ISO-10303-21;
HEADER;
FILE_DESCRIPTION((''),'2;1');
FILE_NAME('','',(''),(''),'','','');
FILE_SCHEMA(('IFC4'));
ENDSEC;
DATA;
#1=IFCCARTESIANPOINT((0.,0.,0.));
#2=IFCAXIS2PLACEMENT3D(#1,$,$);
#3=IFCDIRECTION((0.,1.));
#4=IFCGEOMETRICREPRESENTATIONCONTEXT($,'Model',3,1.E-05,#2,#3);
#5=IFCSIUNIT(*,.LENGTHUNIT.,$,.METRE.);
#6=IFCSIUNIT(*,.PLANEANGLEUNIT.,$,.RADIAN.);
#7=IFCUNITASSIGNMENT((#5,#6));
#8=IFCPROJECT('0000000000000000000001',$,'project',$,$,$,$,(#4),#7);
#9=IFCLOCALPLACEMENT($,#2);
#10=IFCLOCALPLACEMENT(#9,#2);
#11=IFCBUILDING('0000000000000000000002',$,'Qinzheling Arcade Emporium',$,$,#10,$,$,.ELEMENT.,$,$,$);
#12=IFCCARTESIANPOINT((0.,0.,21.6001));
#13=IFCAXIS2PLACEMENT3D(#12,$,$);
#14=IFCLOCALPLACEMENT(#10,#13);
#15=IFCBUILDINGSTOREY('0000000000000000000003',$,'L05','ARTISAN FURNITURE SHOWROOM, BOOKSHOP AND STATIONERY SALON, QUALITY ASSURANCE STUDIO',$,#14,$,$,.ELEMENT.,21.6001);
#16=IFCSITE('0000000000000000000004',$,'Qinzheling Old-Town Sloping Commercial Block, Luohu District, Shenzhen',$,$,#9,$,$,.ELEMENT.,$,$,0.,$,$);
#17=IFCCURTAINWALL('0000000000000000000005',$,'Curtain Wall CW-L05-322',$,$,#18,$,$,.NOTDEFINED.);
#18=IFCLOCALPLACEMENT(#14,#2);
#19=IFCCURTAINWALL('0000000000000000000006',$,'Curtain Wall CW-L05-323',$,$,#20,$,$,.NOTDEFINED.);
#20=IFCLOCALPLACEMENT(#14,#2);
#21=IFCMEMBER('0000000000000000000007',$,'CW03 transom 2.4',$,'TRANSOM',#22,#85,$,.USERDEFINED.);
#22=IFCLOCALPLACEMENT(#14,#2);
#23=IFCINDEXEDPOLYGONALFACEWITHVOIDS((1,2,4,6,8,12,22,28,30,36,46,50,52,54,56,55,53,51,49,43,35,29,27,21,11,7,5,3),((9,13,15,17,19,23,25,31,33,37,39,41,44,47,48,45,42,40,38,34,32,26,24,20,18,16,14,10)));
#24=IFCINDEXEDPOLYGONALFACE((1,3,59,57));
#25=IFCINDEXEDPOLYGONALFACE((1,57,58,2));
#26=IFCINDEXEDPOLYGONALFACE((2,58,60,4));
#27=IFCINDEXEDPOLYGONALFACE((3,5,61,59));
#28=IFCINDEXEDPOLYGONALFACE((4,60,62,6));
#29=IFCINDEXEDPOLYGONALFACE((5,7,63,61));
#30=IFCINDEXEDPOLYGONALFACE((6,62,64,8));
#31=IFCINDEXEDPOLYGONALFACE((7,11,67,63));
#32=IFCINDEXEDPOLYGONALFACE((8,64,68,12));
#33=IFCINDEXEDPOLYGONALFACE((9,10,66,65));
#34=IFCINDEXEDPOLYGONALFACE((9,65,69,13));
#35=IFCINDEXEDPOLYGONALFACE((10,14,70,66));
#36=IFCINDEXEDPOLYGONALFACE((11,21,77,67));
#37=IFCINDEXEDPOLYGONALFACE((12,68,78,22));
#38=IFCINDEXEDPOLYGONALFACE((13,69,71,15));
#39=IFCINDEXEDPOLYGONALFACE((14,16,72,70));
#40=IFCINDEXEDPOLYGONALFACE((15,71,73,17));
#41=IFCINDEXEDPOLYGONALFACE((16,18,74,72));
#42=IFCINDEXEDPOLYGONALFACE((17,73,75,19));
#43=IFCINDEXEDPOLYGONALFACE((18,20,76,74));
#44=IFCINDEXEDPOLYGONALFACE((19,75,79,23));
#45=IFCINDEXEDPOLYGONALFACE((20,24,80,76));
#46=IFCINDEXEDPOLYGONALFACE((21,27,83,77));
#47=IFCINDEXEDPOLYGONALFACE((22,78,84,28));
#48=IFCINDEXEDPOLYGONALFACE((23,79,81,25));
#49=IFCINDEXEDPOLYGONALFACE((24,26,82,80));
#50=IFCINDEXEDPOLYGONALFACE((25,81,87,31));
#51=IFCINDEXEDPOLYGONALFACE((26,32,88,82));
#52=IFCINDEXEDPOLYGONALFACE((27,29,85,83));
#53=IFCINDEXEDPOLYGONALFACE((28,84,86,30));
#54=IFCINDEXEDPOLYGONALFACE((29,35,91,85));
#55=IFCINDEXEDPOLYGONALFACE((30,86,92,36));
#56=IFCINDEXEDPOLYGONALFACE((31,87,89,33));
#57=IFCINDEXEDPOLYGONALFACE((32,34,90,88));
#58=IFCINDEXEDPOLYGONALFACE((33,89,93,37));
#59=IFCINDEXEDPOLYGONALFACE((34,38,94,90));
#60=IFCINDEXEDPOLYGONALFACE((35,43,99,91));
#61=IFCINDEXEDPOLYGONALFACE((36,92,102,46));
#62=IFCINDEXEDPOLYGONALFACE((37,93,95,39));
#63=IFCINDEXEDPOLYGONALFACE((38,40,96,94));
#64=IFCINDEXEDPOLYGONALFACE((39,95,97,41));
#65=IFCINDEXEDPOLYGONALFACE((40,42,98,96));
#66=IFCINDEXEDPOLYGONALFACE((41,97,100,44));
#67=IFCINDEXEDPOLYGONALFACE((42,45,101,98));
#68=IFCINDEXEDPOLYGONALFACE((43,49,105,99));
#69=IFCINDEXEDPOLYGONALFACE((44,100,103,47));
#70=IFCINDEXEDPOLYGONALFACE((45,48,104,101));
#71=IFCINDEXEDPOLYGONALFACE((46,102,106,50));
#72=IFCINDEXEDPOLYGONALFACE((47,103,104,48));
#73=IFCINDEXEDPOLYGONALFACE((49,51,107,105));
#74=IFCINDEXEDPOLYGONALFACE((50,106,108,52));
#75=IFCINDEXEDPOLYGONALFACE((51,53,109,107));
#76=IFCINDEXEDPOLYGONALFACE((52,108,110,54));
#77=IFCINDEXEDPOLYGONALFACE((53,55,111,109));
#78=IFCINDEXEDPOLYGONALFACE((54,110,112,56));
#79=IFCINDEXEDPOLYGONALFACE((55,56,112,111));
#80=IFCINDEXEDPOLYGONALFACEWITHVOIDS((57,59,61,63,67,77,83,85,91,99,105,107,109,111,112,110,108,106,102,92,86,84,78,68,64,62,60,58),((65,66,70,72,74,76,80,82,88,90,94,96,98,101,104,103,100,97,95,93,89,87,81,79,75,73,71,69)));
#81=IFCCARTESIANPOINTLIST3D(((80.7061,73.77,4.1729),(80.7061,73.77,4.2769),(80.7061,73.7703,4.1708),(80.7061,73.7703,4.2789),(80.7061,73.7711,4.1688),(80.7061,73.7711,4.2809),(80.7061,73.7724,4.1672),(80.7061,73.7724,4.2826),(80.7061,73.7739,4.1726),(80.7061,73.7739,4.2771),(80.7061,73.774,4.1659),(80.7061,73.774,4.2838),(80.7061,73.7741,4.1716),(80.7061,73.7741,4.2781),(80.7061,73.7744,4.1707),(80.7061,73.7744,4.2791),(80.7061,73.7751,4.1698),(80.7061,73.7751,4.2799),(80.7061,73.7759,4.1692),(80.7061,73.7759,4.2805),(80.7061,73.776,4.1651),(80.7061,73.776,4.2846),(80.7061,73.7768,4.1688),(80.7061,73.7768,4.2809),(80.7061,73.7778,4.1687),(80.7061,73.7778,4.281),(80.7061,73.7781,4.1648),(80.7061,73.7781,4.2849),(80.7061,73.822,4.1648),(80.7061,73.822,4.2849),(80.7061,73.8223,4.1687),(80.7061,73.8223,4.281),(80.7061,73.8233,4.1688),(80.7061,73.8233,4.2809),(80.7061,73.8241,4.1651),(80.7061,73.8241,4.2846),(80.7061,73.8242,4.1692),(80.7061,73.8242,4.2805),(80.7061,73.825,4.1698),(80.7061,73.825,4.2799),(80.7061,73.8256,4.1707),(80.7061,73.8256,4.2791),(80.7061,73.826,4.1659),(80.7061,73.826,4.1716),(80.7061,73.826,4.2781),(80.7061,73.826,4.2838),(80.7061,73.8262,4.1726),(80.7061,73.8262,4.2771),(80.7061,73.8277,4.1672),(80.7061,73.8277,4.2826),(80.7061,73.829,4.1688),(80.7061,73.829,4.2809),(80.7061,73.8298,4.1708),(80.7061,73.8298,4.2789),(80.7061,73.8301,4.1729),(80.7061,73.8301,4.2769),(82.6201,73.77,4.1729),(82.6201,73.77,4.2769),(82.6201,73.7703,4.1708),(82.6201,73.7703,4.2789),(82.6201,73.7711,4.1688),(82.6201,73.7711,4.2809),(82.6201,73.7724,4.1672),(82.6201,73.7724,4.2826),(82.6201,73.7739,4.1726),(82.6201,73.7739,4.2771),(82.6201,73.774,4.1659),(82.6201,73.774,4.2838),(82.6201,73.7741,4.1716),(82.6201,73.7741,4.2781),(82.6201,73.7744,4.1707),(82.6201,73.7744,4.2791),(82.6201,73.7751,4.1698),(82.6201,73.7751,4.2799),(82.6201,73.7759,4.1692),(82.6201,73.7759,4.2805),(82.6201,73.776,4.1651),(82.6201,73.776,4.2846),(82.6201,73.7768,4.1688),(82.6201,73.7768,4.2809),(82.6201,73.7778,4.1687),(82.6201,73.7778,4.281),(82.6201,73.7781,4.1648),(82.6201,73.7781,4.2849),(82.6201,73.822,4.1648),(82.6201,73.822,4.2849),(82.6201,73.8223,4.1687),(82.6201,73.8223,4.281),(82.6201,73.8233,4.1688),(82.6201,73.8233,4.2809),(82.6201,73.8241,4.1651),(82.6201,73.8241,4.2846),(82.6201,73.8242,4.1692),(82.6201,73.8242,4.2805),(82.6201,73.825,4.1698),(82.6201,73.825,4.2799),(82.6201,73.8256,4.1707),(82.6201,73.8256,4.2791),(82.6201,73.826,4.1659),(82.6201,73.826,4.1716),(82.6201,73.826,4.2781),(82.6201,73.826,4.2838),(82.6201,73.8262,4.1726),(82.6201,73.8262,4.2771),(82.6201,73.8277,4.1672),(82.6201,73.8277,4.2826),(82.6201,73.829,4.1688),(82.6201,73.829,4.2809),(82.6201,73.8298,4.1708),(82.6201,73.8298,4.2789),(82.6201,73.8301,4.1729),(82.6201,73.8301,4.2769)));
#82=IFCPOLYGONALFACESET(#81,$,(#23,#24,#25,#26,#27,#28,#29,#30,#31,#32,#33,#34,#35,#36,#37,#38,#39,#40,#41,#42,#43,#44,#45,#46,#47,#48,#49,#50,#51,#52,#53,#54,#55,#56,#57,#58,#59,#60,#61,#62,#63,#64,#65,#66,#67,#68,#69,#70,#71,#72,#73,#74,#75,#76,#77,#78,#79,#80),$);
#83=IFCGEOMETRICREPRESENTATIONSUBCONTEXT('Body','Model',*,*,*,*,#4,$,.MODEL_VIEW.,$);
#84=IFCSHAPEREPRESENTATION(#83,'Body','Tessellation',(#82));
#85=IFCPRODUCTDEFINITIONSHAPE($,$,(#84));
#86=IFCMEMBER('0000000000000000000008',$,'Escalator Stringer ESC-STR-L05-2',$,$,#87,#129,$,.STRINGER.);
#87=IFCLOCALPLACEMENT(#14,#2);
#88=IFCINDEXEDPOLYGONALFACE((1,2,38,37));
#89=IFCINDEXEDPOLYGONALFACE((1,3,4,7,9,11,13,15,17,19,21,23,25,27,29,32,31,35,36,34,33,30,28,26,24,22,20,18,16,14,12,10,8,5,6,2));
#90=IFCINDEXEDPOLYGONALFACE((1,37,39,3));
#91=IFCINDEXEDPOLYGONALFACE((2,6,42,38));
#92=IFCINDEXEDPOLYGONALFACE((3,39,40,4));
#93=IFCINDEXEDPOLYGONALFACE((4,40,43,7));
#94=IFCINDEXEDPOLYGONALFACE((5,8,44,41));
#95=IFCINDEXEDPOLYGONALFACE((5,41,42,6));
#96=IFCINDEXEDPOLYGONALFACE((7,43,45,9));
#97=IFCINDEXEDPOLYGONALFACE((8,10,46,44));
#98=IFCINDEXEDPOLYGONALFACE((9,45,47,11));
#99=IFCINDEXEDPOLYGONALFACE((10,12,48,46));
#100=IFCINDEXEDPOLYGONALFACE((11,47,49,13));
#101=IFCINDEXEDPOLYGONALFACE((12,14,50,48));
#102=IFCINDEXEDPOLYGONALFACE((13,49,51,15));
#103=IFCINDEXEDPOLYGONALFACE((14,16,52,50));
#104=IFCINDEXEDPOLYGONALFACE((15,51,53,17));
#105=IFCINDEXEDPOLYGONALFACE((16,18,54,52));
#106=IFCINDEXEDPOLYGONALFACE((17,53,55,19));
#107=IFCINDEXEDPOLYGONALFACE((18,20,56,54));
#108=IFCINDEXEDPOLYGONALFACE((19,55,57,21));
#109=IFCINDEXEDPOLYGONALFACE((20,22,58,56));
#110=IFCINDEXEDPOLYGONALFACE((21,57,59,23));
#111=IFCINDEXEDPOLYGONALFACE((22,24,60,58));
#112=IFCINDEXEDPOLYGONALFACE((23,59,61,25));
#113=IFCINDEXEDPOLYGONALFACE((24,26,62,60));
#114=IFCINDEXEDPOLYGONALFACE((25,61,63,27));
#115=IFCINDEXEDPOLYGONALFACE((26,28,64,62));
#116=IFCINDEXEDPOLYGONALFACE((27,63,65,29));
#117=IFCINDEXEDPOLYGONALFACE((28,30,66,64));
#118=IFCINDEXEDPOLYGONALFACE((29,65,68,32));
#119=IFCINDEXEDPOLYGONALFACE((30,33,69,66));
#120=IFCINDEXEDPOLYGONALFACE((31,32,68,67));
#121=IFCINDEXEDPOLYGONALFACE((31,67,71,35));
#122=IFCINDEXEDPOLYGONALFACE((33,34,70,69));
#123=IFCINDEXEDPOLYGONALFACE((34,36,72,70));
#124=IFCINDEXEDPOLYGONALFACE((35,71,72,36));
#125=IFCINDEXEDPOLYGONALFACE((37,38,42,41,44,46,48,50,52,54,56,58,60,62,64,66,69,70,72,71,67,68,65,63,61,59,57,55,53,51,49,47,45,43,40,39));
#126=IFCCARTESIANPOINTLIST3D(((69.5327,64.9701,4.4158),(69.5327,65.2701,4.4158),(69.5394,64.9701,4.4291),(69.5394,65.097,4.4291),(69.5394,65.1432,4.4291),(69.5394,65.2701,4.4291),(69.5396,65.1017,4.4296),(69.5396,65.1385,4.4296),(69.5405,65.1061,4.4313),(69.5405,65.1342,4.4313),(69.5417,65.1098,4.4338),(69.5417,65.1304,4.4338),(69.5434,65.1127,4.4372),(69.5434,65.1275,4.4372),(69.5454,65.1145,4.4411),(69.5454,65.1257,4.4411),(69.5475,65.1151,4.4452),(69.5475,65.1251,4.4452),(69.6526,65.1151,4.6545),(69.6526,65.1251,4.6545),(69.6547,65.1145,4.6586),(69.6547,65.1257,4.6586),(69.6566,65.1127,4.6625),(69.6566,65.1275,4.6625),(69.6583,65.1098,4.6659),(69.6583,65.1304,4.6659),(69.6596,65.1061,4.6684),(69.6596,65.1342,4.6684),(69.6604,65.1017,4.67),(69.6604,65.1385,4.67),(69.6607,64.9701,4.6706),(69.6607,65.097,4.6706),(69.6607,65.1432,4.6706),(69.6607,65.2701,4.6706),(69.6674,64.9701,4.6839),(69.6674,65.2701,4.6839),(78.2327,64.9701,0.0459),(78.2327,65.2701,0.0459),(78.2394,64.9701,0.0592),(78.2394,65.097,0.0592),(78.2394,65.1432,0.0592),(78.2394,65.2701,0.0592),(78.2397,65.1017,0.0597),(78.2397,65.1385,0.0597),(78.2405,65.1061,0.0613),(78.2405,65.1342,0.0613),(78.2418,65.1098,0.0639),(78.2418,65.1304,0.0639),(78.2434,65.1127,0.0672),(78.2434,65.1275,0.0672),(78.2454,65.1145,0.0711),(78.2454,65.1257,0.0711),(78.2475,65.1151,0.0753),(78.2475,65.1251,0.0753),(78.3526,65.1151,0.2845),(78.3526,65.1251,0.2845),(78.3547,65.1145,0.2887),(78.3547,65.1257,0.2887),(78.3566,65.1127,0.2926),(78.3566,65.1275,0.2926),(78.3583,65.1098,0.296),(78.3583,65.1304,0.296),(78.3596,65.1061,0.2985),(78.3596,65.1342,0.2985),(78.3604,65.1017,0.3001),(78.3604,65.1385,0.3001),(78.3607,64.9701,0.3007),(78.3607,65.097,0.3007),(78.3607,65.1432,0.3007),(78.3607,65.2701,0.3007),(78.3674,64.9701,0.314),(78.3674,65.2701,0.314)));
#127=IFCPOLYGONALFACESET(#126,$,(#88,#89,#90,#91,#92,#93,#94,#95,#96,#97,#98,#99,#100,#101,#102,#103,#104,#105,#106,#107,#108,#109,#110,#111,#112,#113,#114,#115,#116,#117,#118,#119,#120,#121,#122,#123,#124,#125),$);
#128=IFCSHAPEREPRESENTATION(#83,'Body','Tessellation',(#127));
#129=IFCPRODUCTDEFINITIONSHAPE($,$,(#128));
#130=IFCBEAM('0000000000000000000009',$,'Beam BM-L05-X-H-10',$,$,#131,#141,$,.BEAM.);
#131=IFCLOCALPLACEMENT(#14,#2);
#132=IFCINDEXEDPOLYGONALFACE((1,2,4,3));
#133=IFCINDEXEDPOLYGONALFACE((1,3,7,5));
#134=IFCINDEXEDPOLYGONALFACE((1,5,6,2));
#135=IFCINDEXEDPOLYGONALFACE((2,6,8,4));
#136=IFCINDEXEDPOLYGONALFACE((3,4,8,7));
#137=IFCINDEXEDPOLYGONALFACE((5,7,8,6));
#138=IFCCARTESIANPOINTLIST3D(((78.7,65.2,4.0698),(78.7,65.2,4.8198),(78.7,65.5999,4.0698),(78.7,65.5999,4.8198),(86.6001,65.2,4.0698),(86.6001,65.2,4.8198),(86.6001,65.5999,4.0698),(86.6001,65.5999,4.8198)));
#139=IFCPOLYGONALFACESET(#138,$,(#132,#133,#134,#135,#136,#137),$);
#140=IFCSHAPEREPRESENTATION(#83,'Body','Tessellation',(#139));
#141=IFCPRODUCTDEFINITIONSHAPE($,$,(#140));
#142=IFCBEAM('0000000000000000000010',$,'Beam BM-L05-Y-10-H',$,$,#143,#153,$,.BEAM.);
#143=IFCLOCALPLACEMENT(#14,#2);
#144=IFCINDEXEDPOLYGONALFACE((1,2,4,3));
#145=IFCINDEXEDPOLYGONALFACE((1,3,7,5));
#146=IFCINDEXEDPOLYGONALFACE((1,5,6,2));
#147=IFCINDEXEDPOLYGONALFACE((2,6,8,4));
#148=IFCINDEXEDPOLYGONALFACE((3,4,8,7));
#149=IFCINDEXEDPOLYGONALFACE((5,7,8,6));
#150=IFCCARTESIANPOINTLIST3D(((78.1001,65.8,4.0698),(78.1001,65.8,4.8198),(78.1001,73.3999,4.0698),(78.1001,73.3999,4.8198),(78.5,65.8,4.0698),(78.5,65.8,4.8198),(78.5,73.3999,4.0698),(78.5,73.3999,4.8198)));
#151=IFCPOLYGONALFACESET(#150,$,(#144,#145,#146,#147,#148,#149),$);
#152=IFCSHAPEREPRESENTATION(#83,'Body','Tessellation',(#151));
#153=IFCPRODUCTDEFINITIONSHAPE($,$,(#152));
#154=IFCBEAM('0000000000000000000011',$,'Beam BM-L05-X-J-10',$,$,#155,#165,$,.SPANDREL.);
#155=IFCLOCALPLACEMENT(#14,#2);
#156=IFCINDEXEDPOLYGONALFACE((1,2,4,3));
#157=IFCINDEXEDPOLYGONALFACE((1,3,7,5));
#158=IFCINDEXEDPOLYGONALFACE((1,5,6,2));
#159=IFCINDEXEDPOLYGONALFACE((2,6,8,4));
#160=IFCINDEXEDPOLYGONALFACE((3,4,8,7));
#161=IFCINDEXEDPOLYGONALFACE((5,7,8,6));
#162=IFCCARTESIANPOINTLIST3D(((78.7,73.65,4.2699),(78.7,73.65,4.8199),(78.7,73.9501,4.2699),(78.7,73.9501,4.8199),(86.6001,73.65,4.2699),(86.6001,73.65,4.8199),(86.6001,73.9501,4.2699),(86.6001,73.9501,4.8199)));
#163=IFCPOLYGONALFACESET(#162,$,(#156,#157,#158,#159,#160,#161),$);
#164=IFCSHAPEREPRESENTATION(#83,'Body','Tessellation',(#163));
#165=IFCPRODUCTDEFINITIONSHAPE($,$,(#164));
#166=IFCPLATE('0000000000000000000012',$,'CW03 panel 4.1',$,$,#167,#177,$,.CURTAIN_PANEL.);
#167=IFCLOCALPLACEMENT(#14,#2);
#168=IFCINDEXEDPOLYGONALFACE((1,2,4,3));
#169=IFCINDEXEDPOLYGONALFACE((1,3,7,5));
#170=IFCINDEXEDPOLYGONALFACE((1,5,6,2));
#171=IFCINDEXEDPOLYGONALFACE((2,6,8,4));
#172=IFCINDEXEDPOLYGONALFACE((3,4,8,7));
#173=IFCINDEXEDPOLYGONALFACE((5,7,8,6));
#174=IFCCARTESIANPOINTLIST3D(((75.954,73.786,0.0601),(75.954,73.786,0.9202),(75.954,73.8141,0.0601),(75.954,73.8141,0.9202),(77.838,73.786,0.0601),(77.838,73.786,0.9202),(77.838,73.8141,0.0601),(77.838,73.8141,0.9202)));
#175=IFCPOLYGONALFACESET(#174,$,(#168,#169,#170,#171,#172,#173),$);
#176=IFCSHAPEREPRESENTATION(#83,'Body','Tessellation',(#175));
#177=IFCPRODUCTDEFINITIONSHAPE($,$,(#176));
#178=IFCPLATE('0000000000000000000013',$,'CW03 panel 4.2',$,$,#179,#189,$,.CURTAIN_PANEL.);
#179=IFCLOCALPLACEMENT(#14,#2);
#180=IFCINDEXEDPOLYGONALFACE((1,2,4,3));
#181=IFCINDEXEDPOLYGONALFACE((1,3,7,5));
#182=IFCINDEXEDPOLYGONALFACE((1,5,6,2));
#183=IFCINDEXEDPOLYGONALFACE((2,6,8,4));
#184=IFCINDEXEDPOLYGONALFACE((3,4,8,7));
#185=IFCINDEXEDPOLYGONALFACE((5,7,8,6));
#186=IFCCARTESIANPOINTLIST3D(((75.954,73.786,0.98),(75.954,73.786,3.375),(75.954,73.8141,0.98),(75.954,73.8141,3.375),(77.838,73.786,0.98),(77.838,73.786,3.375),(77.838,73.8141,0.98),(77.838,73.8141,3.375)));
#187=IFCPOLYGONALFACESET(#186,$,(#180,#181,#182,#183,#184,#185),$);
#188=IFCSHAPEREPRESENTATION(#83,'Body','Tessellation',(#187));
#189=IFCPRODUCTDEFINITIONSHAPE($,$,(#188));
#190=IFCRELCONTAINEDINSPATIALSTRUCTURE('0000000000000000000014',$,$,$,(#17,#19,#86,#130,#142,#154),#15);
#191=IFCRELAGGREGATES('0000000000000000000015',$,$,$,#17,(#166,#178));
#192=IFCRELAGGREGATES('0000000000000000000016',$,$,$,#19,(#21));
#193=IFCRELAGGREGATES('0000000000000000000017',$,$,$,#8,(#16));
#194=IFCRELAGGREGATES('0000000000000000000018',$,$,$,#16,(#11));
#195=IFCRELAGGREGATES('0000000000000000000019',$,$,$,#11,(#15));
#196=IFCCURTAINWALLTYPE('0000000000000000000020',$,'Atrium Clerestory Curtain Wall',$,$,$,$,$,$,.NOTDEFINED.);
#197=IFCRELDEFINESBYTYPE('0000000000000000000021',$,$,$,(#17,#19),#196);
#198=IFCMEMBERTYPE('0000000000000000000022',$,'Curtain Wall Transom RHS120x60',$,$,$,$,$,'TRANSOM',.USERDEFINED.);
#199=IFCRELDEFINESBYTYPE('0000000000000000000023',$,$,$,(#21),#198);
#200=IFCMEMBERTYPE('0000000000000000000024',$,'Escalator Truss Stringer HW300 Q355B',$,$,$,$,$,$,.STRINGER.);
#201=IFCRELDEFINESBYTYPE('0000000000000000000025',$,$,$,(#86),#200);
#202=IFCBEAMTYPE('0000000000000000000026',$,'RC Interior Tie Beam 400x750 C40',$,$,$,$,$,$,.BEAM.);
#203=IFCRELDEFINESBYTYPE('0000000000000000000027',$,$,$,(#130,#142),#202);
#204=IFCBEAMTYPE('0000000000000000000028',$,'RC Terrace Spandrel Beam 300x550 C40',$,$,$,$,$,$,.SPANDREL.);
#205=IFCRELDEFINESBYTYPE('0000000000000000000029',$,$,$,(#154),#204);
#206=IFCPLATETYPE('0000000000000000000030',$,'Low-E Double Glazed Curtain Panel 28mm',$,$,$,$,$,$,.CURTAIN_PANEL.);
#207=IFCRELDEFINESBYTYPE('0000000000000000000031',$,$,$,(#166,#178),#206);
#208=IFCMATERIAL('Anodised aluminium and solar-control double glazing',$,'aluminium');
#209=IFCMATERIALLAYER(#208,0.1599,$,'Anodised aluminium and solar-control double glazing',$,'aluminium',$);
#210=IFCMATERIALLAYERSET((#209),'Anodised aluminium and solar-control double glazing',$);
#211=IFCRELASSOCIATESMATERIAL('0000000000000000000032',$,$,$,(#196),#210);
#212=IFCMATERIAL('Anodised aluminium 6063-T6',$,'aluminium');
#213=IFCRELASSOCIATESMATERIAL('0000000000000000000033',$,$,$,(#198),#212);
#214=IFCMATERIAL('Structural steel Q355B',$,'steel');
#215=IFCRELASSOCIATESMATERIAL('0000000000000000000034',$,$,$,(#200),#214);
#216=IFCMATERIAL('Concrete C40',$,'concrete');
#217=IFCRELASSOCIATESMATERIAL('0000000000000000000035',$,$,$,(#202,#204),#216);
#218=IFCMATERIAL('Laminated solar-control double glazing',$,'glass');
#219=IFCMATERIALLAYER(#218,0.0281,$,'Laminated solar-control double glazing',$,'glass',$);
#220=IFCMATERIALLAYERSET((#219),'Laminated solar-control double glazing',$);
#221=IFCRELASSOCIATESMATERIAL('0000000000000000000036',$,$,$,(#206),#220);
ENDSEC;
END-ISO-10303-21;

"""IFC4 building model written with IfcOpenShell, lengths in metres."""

from ifc_helpers import new_model, si_unit, direction, frame, origin, origin_2d, place, context, subcontext, project, spatial, rectangle, hollow_rectangle, i_section, extrude, material, layer, layer_set, material_profile, profile_set, type_object, element, aggregate, save


model = new_model("IFC4")

# Units and contexts
model_context = context("Model", 3, precision=1e-05, world=origin(), true_north=direction((0.0, 1.0)))
body_context = subcontext(model_context, "Body", "Model", "MODEL_VIEW")
ifc_project = project(units=[si_unit("LENGTHUNIT", "METRE"), si_unit("PLANEANGLEUNIT", "RADIAN")], contexts=[model_context])

# Site, building, storey
site_placement = place(None, origin())
site = spatial("IfcSite", under=ifc_project, at=site_placement, Name="Qinzheling Old-Town Sloping Commercial Block, Luohu District, Shenzhen", CompositionType="ELEMENT", RefElevation=0.0)
building_placement = place(site_placement, origin())
building = spatial("IfcBuilding", under=site, at=building_placement, Name="Qinzheling Arcade Emporium", CompositionType="ELEMENT")
storey_placement = place(building_placement, frame((0.0, 0.0, 21.6001)))
storey = spatial("IfcBuildingStorey", under=building, at=storey_placement, Name="L05", Description="ARTISAN FURNITURE SHOWROOM, BOOKSHOP AND STATIONERY SALON, QUALITY ASSURANCE STUDIO", CompositionType="ELEMENT", Elevation=21.6001)

# Shared definitions
ifc_material_1 = material(Name="Concrete C40", Category="concrete")

# Curtain walls
ifc_material_2 = material(Name="Anodised aluminium and solar-control double glazing", Category="aluminium")
ifc_layer_1 = layer(ifc_material_2, 0.1599, Name="Anodised aluminium and solar-control double glazing", Category="aluminium")
ifc_layer_set_1 = layer_set([ifc_layer_1], Name="Anodised aluminium and solar-control double glazing")
curtain_wall_type = type_object("IfcCurtainWallType", Name="Atrium Clerestory Curtain Wall", PredefinedType="NOTDEFINED", material=ifc_layer_set_1)
curtain_wall_1_placement = place(storey_placement, origin())
curtain_wall_1 = element("IfcCurtainWall", 1, at=curtain_wall_1_placement, inside=storey, type_object=curtain_wall_type, Name="Curtain Wall CW-L05-322", PredefinedType="NOTDEFINED")
ifc_material_3 = material(Name="Anodised aluminium 6063-T6", Category="aluminium")
curtain_wall_2_placement = place(storey_placement, origin())
curtain_wall_2 = element("IfcCurtainWall", 2, at=curtain_wall_2_placement, inside=storey, type_object=curtain_wall_type, Name="Curtain Wall CW-L05-323", PredefinedType="NOTDEFINED")

# Members
ifc_material_profile_1 = material_profile(ifc_material_3, hollow_rectangle(XDim=0.0601, YDim=0.1201, WallThickness=0.0039, InnerFilletRadius=0.0039, OuterFilletRadius=0.0081, at=origin_2d()), Name="RHS 120x60x4", Category="aluminium")
ifc_profile_set_1 = profile_set([ifc_material_profile_1], Name="Anodised aluminium 6063-T6")
member_type_1 = type_object("IfcMemberType", Name="Curtain Wall Transom RHS120x60", ElementType="TRANSOM", PredefinedType="USERDEFINED", material=ifc_profile_set_1)
member_1_placement = place(storey_placement, frame((80.7061, 73.8, 4.2249), z_axis=(1.0, 0.0, 0.0), x_axis=(0.0, 1.0, 0.0)))
member_1 = element("IfcMember", 3, at=member_1_placement, type_object=member_type_1, Name="CW03 transom 2.4", ObjectType="TRANSOM", PredefinedType="USERDEFINED", context=body_context, shape_type="SweptSolid", body=[
    extrude(hollow_rectangle(XDim=0.0601, YDim=0.1201, WallThickness=0.0039, InnerFilletRadius=0.0039, OuterFilletRadius=0.0081, at=origin_2d()), origin(), (0.0, 0.0, 1.0), 1.9141),
])
ifc_material_4 = material(Name="Structural steel Q355B", Category="steel")
ifc_material_profile_2 = material_profile(ifc_material_4, i_section(OverallWidth=0.3, OverallDepth=0.3, WebThickness=0.01, FlangeThickness=0.0149, FilletRadius=0.0181, at=origin_2d()), Name="HW 300x300x10x15", Category="steel")
ifc_profile_set_2 = profile_set([ifc_material_profile_2], Name="Structural steel Q355B")
member_type_2 = type_object("IfcMemberType", Name="Escalator Truss Stringer HW300 Q355B", PredefinedType="STRINGER", material=ifc_profile_set_2)
member_2_placement = place(storey_placement, frame((78.3, 65.1201, 0.1799), z_axis=(-0.893608, 0.0, 0.448848), x_axis=(0.0, -1.0, 0.0)))
element("IfcMember", 4, at=member_2_placement, inside=storey, type_object=member_type_2, Name="Escalator Stringer ESC-STR-L05-2", PredefinedType="STRINGER", context=body_context, shape_type="SweptSolid", body=[
    extrude(i_section(OverallWidth=0.3, OverallDepth=0.3, WebThickness=0.01, FlangeThickness=0.0149, FilletRadius=0.0181, at=origin_2d()), origin(), (0.0, 0.0, 1.0), 9.7358),
])

# Beams
ifc_material_profile_3 = material_profile(ifc_material_1, rectangle(XDim=0.3999, YDim=0.75, at=origin_2d()), Name="RC 400x750", Category="concrete")
ifc_profile_set_3 = profile_set([ifc_material_profile_3], Name="Concrete C40")
beam_type_1 = type_object("IfcBeamType", Name="RC Interior Tie Beam 400x750 C40", PredefinedType="BEAM", material=ifc_profile_set_3)
beam_1_placement = place(storey_placement, frame((78.7, 65.3999, 4.4448), z_axis=(1.0, 0.0, 0.0), x_axis=(0.0, 1.0, 0.0)))
element("IfcBeam", 5, at=beam_1_placement, inside=storey, type_object=beam_type_1, Name="Beam BM-L05-X-H-10", PredefinedType="BEAM", context=body_context, shape_type="SweptSolid", body=[
    extrude(rectangle(XDim=0.3999, YDim=0.75, at=origin_2d()), origin(), (0.0, 0.0, 1.0), 7.9001),
])
beam_2_placement = place(storey_placement, frame((78.3, 65.8, 4.4448), z_axis=(0.0, 1.0, 0.0), x_axis=(-1.0, 0.0, 0.0)))
element("IfcBeam", 6, at=beam_2_placement, inside=storey, type_object=beam_type_1, Name="Beam BM-L05-Y-10-H", PredefinedType="BEAM", context=body_context, shape_type="SweptSolid", body=[
    extrude(rectangle(XDim=0.3999, YDim=0.75, at=origin_2d()), origin(), (0.0, 0.0, 1.0), 7.5999),
])
ifc_material_profile_4 = material_profile(ifc_material_1, rectangle(XDim=0.3, YDim=0.55, at=origin_2d()), Name="RC 300x550", Category="concrete")
ifc_profile_set_4 = profile_set([ifc_material_profile_4], Name="Concrete C40")
beam_type_2 = type_object("IfcBeamType", Name="RC Terrace Spandrel Beam 300x550 C40", PredefinedType="SPANDREL", material=ifc_profile_set_4)
beam_3_placement = place(storey_placement, frame((78.7, 73.8, 4.5449), z_axis=(1.0, 0.0, 0.0), x_axis=(0.0, 1.0, 0.0)))
element("IfcBeam", 7, at=beam_3_placement, inside=storey, type_object=beam_type_2, Name="Beam BM-L05-X-J-10", PredefinedType="SPANDREL", context=body_context, shape_type="SweptSolid", body=[
    extrude(rectangle(XDim=0.3, YDim=0.55, at=origin_2d()), origin(), (0.0, 0.0, 1.0), 7.9001),
])

# Plates
ifc_material_5 = material(Name="Laminated solar-control double glazing", Category="glass")
ifc_layer_2 = layer(ifc_material_5, 0.0281, Name="Laminated solar-control double glazing", Category="glass")
ifc_layer_set_2 = layer_set([ifc_layer_2], Name="Laminated solar-control double glazing")
plate_type_1 = type_object("IfcPlateType", Name="Low-E Double Glazed Curtain Panel 28mm", PredefinedType="CURTAIN_PANEL", material=ifc_layer_set_2)
plate_1_placement = place(storey_placement, frame((76.896, 73.8, 0.0601), z_axis=(0.0, 0.0, 1.0), x_axis=(1.0, 0.0, 0.0)))
plate_1 = element("IfcPlate", 8, at=plate_1_placement, type_object=plate_type_1, Name="CW03 panel 4.1", PredefinedType="CURTAIN_PANEL", context=body_context, shape_type="SweptSolid", body=[
    extrude(rectangle(XDim=1.884, YDim=0.0281, at=origin_2d()), origin(), (0.0, 0.0, 1.0), 0.8601),
])
plate_2_placement = place(storey_placement, frame((76.896, 73.8, 0.98), z_axis=(0.0, 0.0, 1.0), x_axis=(1.0, 0.0, 0.0)))
plate_2 = element("IfcPlate", 9, at=plate_2_placement, type_object=plate_type_1, Name="CW03 panel 4.2", PredefinedType="CURTAIN_PANEL", context=body_context, shape_type="SweptSolid", body=[
    extrude(rectangle(XDim=1.884, YDim=0.0281, at=origin_2d()), origin(), (0.0, 0.0, 1.0), 2.395),
])
aggregate(curtain_wall_1, [plate_1, plate_2])
aggregate(curtain_wall_2, [member_1])

save(model, "model.ifc")
